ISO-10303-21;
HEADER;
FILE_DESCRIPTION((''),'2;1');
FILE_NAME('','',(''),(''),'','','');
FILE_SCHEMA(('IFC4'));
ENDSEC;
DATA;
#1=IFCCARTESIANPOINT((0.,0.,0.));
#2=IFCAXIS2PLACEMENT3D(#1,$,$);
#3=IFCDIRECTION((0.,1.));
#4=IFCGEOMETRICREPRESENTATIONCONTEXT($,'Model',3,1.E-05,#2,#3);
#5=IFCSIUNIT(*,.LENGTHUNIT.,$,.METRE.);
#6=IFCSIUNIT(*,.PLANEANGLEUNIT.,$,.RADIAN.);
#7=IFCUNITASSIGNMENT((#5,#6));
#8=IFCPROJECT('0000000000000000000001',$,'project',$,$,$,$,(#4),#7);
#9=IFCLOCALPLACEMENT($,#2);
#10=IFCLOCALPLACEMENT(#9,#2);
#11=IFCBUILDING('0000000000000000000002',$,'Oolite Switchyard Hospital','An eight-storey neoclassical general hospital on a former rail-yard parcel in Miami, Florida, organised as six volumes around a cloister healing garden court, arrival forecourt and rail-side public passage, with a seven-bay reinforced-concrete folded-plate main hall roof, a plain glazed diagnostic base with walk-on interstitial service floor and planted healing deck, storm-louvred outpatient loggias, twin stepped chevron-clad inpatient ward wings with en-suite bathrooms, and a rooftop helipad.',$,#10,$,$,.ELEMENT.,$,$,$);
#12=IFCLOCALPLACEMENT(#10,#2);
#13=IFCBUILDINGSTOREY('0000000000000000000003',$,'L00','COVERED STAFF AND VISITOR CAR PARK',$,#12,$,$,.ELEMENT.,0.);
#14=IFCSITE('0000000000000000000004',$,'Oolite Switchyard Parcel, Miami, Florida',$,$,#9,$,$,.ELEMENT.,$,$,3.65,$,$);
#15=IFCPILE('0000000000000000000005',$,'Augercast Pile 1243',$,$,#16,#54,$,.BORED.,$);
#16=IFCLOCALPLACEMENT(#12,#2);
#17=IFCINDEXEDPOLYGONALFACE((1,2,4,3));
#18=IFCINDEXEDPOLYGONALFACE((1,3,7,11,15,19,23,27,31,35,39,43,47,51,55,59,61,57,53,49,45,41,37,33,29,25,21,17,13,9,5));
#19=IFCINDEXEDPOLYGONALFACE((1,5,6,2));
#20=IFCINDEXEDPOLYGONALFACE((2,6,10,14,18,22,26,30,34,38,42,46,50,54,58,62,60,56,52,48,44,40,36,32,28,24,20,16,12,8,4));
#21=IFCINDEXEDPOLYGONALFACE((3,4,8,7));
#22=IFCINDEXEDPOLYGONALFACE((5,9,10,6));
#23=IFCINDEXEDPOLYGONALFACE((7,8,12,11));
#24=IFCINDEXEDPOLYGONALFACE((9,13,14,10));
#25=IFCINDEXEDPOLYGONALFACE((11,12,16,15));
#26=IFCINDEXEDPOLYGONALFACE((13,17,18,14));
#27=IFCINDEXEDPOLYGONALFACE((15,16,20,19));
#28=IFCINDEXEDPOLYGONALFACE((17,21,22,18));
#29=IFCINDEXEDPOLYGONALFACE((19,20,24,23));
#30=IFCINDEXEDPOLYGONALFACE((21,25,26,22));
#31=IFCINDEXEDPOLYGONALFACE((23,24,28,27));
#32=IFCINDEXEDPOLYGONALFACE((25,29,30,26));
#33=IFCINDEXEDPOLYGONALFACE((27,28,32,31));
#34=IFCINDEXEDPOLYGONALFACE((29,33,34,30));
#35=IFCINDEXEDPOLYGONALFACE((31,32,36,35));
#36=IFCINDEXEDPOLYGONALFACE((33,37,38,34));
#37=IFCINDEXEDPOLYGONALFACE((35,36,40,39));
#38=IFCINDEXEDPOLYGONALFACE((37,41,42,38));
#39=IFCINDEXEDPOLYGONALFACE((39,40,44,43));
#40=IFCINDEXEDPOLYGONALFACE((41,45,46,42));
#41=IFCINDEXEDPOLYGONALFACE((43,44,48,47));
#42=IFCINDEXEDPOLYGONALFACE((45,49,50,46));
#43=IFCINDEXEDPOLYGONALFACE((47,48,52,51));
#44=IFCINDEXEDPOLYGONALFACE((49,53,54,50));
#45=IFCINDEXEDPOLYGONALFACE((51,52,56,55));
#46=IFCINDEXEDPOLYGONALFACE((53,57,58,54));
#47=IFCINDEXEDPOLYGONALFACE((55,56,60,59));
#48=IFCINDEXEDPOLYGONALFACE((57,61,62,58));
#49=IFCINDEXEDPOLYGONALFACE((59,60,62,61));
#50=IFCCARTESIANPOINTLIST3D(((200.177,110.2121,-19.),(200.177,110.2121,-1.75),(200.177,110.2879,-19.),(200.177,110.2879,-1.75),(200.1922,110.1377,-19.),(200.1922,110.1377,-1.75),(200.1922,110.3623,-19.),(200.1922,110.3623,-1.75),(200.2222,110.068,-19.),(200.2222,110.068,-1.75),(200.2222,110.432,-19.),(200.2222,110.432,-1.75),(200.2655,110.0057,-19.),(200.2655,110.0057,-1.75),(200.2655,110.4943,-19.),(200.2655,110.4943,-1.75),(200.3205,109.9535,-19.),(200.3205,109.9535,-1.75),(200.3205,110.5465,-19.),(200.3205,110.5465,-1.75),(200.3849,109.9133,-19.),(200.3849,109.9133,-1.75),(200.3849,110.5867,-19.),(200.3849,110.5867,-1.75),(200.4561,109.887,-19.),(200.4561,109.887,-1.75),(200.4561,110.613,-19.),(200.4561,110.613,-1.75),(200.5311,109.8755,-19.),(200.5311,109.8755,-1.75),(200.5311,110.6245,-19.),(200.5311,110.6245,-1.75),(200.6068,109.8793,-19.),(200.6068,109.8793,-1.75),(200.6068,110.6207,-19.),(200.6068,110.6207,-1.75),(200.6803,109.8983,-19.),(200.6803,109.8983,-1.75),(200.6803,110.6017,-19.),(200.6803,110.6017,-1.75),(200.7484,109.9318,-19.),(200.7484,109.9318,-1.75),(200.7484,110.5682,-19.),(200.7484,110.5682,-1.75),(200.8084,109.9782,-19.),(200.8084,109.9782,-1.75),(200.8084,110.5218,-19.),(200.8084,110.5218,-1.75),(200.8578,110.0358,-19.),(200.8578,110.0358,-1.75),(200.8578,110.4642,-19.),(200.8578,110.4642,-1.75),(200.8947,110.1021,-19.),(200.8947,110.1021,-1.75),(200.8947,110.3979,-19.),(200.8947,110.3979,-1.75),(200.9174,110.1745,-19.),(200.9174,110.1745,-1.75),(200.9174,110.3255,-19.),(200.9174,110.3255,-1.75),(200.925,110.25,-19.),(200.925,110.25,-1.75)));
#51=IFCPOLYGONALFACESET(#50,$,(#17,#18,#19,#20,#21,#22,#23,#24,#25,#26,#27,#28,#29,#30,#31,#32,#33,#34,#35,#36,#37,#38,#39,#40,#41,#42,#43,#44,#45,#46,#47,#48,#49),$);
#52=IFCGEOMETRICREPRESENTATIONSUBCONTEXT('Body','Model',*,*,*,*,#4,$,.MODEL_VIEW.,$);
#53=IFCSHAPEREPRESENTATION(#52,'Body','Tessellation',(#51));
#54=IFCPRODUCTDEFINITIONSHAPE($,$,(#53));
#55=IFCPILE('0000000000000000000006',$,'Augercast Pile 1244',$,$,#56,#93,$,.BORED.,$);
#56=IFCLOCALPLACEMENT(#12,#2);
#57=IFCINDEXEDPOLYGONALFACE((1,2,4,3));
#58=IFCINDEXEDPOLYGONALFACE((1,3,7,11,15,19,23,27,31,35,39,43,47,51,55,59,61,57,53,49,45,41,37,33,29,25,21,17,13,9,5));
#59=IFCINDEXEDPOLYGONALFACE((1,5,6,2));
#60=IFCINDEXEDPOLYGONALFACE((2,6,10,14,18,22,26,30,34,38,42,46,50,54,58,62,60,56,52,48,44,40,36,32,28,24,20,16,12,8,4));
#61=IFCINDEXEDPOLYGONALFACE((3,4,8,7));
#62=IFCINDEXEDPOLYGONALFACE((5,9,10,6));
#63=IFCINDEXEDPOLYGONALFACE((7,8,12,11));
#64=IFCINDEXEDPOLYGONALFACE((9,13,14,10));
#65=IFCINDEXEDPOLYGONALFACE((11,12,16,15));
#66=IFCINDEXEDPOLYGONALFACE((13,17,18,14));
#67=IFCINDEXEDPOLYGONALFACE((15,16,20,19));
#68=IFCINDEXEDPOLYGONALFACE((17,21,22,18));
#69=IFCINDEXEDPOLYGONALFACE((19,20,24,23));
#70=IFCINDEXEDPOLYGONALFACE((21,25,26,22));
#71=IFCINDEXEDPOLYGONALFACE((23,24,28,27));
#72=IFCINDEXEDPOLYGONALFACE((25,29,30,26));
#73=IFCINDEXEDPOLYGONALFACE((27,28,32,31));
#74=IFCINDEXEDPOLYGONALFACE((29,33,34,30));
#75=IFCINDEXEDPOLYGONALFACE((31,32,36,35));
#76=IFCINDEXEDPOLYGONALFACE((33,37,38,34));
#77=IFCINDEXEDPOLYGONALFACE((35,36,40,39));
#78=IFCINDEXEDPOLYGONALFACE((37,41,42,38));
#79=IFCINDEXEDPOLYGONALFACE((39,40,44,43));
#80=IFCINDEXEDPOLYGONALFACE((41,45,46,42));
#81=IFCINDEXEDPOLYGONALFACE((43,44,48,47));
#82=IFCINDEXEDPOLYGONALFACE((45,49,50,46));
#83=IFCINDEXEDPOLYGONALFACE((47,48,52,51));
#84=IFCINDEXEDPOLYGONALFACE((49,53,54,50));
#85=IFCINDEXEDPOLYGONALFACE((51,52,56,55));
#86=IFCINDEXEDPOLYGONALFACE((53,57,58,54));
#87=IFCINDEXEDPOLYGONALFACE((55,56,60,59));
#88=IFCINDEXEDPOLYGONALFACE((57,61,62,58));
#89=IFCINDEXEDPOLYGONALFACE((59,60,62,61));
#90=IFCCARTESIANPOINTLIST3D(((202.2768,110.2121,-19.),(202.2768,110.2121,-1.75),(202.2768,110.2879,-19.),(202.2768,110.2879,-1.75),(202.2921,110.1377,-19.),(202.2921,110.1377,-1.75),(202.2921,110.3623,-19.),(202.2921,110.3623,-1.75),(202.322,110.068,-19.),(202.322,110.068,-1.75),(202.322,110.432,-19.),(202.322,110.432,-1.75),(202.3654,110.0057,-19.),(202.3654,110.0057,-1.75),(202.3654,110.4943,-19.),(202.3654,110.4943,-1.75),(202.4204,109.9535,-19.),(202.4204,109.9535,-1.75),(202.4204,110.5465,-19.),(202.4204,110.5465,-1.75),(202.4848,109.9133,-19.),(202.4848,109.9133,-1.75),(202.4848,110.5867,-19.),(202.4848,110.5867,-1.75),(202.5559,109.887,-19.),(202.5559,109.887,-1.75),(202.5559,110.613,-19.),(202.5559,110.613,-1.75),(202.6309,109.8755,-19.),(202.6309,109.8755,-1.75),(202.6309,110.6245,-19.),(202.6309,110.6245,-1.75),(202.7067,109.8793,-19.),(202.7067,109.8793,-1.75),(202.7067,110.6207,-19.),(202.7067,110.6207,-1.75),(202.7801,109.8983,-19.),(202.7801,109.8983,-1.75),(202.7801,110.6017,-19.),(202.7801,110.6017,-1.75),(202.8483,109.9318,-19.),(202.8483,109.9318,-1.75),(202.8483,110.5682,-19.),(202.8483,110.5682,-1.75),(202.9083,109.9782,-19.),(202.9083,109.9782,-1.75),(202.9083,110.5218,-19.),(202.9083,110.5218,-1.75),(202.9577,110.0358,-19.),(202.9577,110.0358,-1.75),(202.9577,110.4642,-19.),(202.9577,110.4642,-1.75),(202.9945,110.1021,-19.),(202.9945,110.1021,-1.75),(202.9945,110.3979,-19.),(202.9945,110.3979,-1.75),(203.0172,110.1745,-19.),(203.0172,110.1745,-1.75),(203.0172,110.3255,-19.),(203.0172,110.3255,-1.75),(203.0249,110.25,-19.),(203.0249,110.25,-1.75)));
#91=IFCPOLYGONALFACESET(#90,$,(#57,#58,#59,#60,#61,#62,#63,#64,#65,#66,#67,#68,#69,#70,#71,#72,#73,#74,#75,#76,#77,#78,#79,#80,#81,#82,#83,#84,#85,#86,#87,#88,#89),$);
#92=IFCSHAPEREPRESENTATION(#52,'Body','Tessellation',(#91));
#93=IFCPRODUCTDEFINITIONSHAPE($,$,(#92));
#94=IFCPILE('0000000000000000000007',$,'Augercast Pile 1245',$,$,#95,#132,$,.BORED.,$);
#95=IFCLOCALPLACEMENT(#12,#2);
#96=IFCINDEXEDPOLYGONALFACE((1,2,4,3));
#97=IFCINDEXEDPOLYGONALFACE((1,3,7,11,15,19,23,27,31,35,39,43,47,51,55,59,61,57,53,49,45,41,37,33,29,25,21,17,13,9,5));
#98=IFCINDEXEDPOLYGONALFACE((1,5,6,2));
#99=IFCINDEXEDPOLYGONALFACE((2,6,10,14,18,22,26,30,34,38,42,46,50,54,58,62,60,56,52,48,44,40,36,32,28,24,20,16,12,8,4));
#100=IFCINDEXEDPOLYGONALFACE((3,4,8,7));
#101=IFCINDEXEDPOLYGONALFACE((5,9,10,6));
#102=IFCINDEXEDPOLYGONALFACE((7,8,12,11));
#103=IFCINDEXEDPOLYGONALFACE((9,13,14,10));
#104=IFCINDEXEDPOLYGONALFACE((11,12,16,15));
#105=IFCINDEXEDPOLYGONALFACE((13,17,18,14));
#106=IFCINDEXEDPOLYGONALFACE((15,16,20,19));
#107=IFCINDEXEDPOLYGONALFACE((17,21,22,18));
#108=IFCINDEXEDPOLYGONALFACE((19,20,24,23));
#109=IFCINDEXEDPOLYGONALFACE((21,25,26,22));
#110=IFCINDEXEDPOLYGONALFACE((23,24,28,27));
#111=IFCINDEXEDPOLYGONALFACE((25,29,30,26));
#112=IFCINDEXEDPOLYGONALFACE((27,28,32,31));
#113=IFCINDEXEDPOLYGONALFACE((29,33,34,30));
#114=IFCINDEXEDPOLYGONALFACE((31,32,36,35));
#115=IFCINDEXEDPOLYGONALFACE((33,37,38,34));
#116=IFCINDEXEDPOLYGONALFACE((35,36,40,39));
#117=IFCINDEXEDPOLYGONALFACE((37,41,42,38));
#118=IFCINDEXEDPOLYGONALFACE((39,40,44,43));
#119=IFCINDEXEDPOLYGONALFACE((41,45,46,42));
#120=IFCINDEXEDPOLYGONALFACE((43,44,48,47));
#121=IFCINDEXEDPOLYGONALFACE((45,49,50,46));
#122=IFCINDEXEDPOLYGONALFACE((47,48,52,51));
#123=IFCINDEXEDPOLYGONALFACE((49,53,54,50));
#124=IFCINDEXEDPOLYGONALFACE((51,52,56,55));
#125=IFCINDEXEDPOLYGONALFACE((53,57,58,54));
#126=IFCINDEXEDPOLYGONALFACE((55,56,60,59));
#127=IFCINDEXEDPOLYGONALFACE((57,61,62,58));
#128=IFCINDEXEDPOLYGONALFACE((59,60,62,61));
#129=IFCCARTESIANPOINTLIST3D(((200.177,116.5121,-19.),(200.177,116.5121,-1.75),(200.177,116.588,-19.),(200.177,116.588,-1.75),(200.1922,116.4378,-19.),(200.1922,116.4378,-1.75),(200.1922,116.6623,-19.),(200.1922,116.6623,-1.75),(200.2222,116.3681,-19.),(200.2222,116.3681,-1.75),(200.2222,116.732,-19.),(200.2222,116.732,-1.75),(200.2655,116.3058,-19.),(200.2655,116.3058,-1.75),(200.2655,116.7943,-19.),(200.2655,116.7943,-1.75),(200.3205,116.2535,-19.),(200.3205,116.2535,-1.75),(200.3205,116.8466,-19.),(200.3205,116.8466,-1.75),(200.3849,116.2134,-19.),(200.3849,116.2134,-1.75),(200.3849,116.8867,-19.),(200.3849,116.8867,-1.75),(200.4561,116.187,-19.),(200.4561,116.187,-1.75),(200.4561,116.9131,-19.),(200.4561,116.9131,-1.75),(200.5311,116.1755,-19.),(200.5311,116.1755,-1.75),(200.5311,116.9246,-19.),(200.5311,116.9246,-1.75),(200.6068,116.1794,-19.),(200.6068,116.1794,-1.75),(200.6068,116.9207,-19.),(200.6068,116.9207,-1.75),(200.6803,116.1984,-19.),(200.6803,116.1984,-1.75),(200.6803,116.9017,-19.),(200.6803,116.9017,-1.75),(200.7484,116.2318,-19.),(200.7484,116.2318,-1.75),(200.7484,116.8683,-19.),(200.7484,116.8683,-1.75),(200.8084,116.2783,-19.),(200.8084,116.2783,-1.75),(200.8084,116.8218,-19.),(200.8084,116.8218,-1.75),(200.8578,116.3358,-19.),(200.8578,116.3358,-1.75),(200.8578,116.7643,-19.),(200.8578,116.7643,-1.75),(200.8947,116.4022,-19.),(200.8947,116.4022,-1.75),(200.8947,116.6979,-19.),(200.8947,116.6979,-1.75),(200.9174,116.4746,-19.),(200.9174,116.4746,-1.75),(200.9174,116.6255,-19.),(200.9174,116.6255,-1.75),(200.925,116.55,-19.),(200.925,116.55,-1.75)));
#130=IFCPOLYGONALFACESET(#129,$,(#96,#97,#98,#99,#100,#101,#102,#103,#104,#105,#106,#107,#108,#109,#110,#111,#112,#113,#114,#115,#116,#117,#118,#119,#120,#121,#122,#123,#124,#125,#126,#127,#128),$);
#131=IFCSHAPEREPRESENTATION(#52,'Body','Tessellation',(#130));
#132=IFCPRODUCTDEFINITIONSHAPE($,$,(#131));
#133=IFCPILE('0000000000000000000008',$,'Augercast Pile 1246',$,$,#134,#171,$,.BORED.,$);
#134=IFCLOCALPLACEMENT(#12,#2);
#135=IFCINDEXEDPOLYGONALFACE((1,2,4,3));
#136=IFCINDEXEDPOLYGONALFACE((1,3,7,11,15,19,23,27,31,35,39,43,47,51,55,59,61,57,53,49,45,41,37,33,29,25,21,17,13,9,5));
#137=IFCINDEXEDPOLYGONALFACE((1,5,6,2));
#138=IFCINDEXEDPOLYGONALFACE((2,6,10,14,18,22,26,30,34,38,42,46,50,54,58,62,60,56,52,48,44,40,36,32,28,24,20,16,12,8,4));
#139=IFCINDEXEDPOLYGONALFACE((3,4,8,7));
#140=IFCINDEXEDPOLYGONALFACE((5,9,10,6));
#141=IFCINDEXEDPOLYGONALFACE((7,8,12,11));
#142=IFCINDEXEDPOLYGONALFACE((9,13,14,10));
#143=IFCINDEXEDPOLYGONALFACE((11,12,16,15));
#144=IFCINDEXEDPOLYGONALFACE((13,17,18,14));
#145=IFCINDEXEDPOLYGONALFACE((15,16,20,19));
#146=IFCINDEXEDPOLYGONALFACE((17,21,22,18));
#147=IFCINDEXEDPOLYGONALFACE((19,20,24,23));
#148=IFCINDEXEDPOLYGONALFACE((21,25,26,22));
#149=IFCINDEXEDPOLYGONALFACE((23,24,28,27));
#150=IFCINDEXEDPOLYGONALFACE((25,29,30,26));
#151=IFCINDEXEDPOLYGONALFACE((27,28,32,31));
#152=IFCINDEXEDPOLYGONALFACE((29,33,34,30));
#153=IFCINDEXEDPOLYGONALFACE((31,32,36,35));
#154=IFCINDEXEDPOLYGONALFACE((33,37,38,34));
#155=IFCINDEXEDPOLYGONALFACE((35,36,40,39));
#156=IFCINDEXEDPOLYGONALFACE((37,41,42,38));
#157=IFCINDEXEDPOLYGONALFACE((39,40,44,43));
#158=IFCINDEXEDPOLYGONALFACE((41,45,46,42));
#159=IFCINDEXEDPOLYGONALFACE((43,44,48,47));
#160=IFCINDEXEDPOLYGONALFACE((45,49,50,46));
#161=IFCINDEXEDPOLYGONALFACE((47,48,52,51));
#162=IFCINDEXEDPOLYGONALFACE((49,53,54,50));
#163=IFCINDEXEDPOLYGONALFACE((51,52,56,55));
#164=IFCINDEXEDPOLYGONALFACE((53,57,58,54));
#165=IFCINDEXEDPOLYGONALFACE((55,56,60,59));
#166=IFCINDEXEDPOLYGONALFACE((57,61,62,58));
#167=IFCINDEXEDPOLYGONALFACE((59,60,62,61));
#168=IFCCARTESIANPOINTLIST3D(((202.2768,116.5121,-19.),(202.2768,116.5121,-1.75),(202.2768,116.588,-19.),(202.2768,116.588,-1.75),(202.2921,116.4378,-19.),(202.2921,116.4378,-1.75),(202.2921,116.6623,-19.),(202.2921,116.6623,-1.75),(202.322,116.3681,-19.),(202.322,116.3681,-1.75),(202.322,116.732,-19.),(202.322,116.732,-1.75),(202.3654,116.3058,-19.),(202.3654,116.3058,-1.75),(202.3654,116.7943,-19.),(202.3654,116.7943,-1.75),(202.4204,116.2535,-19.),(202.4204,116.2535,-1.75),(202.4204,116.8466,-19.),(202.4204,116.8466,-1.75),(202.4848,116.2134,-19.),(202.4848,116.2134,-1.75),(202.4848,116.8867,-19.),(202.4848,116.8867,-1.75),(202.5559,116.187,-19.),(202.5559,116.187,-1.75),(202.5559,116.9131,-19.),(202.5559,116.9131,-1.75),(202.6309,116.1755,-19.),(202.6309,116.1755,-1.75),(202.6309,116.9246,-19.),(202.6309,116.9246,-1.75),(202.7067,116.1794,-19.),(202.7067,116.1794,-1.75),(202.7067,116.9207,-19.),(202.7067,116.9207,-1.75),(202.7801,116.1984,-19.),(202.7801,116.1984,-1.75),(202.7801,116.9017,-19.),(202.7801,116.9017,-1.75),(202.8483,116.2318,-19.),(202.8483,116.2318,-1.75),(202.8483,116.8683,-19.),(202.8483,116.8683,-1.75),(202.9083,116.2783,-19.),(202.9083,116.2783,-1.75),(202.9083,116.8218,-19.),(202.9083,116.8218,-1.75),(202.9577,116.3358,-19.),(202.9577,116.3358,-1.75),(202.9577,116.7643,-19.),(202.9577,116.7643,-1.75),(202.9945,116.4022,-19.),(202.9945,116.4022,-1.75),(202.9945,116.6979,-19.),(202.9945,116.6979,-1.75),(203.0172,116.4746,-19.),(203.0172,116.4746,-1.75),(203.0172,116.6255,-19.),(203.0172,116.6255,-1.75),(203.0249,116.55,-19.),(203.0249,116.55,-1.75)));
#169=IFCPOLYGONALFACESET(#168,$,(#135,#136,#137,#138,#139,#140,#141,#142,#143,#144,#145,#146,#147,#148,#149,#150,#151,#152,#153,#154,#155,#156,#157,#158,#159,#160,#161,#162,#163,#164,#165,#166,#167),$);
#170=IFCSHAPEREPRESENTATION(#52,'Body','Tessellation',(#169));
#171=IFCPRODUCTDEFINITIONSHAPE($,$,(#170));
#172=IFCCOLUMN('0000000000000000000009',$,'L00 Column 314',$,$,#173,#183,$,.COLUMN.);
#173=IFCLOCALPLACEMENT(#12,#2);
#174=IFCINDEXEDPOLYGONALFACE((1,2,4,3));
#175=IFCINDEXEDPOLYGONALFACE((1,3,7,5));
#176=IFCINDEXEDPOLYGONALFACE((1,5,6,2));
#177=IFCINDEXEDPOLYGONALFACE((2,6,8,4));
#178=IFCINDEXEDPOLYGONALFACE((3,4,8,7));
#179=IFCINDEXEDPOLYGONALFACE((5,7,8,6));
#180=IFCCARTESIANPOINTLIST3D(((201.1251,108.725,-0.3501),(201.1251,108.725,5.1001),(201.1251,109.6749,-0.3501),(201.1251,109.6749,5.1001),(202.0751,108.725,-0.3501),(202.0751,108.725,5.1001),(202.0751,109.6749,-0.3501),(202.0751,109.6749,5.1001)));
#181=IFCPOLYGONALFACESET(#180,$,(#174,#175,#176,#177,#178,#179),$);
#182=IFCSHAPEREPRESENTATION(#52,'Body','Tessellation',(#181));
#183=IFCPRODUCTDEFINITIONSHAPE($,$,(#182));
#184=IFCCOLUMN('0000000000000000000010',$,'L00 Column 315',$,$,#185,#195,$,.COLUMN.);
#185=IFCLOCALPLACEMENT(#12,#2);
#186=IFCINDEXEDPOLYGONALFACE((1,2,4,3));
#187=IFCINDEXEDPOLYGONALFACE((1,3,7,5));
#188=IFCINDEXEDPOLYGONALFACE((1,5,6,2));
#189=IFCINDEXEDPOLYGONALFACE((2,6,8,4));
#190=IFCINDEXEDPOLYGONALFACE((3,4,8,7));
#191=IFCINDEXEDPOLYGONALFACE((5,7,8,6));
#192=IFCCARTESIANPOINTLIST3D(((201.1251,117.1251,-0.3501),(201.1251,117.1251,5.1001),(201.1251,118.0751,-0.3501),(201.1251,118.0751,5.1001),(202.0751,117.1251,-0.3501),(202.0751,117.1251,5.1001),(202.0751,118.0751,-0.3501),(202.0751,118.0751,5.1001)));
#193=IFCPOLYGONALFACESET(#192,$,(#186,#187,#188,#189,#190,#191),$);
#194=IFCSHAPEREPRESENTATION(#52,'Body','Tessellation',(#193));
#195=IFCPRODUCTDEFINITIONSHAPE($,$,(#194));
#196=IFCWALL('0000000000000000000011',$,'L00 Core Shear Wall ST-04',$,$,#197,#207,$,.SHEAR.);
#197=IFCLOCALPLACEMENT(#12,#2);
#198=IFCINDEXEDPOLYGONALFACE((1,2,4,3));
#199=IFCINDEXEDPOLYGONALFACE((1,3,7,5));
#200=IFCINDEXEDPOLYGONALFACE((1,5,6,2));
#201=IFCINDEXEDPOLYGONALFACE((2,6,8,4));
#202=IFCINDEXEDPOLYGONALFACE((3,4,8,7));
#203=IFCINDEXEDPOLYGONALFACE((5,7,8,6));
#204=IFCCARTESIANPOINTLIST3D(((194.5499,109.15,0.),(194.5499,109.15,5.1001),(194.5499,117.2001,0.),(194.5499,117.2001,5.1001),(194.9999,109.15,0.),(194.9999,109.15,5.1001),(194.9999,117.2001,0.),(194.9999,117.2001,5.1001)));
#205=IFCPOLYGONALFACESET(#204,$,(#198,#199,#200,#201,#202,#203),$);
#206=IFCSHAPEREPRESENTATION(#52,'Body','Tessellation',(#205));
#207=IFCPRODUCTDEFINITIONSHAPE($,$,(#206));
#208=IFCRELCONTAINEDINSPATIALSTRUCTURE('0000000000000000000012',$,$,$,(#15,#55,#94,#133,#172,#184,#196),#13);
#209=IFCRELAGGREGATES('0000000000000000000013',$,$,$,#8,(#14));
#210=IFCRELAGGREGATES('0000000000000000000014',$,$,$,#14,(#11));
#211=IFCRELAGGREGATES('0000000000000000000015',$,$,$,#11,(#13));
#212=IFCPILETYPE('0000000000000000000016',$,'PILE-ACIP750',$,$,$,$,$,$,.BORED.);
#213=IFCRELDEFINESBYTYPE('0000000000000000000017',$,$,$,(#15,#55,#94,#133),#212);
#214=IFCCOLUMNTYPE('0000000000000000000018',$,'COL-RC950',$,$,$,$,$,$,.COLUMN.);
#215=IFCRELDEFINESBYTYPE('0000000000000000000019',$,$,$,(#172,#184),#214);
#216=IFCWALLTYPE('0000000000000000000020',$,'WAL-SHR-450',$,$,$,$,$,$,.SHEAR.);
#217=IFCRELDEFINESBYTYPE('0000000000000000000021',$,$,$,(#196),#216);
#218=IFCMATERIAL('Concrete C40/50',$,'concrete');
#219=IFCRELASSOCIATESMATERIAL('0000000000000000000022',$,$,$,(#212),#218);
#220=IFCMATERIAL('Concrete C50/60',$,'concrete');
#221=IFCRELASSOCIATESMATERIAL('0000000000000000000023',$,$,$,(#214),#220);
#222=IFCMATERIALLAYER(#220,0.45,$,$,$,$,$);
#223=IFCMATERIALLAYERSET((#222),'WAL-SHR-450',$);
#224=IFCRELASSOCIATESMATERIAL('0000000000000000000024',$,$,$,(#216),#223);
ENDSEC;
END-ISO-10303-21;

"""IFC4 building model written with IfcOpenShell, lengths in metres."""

from ifc_helpers import new_model, si_unit, direction, frame, frame_2d, origin, origin_2d, place, context, subcontext, project, spatial, rectangle, circle, extrude, material, layer, layer_set, material_profile, profile_set, type_object, element, save


model = new_model("IFC4")

# Units and contexts
model_context = context("Model", 3, precision=1e-05, world=origin(), true_north=direction((0.0, 1.0)))
body_context = subcontext(model_context, "Body", "Model", "MODEL_VIEW")
ifc_project = project(units=[si_unit("LENGTHUNIT", "METRE"), si_unit("PLANEANGLEUNIT", "RADIAN")], contexts=[model_context])

# Site, building, storey
site_placement = place(None, origin())
site = spatial("IfcSite", under=ifc_project, at=site_placement, Name="Oolite Switchyard Parcel, Miami, Florida", CompositionType="ELEMENT", RefElevation=3.65)
building_placement = place(site_placement, origin())
building = spatial("IfcBuilding", under=site, at=building_placement, Name="Oolite Switchyard Hospital", Description="An eight-storey neoclassical general hospital on a former rail-yard parcel in Miami, Florida, organised as six volumes around a cloister healing garden court, arrival forecourt and rail-side public passage, with a seven-bay reinforced-concrete folded-plate main hall roof, a plain glazed diagnostic base with walk-on interstitial service floor and planted healing deck, storm-louvred outpatient loggias, twin stepped chevron-clad inpatient ward wings with en-suite bathrooms, and a rooftop helipad.", CompositionType="ELEMENT")
storey_placement = place(building_placement, origin())
storey = spatial("IfcBuildingStorey", under=building, at=storey_placement, Name="L00", Description="COVERED STAFF AND VISITOR CAR PARK", CompositionType="ELEMENT", Elevation=0.0)

# Shared definitions
ifc_material_1 = material(Name="Concrete C40/50", Category="concrete")

# Piles
ifc_material_profile_1 = material_profile(ifc_material_1, circle(Radius=0.375, at=origin_2d()), Name="PILE750")
ifc_profile_set_1 = profile_set([ifc_material_profile_1], Name="Concrete C40/50")
pile_type = type_object("IfcPileType", Name="PILE-ACIP750", PredefinedType="BORED", material=ifc_profile_set_1)
for number, where, z_axis, x_axis, name in (
    (1, (200.55, 110.25, -1.75), (0.0, 0.0, -1.0), (1.0, 0.0, 0.0), "Augercast Pile 1243"),
    (2, (202.6499, 110.25, -1.75), (0.0, 0.0, -1.0), (1.0, 0.0, 0.0), "Augercast Pile 1244"),
    (3, (200.55, 116.55, -1.75), (0.0, 0.0, -1.0), (1.0, 0.0, 0.0), "Augercast Pile 1245"),
    (4, (202.6499, 116.55, -1.75), (0.0, 0.0, -1.0), (1.0, 0.0, 0.0), "Augercast Pile 1246"),
):
    element("IfcPile", number, at=place(storey_placement, frame(where, z_axis=z_axis, x_axis=x_axis)), inside=storey, type_object=pile_type, Name=name, PredefinedType="BORED", context=body_context, shape_type="SweptSolid", body=[
        extrude(circle(Radius=0.375, at=origin_2d()), origin(), (0.0, 0.0, 1.0), 17.25),
    ])

# Columns
ifc_material_2 = material(Name="Concrete C50/60", Category="concrete")
ifc_material_profile_2 = material_profile(ifc_material_2, rectangle(XDim=0.95, YDim=0.95, at=origin_2d()), Name="RC950X950")
ifc_profile_set_2 = profile_set([ifc_material_profile_2], Name="Concrete C50/60")
column_type = type_object("IfcColumnType", Name="COL-RC950", PredefinedType="COLUMN", material=ifc_profile_set_2)
for number, where, z_axis, x_axis, name in (
    (5, (201.6001, 109.2, -0.3501), (0.0, 0.0, 1.0), (1.0, 0.0, 0.0), "L00 Column 314"),
    (6, (201.6001, 117.6001, -0.3501), (0.0, 0.0, 1.0), (1.0, 0.0, 0.0), "L00 Column 315"),
):
    element("IfcColumn", number, at=place(storey_placement, frame(where, z_axis=z_axis, x_axis=x_axis)), inside=storey, type_object=column_type, Name=name, PredefinedType="COLUMN", context=body_context, shape_type="SweptSolid", body=[
        extrude(rectangle(XDim=0.95, YDim=0.95, at=origin_2d()), origin(), (0.0, 0.0, 1.0), 5.4502),
    ])

# Wall
ifc_layer = layer(ifc_material_2, 0.45)
ifc_layer_set = layer_set([ifc_layer], Name="WAL-SHR-450")
wall_type = type_object("IfcWallType", Name="WAL-SHR-450", PredefinedType="SHEAR", material=ifc_layer_set)
wall_1_placement = place(storey_placement, frame((194.7749, 117.2, 0.0), z_axis=(0.0, 0.0, 1.0), x_axis=(0.0, -1.0, 0.0)))
element("IfcWall", 7, at=wall_1_placement, inside=storey, type_object=wall_type, Name="L00 Core Shear Wall ST-04", PredefinedType="SHEAR", context=body_context, shape_type="SweptSolid", body=[
    extrude(rectangle(XDim=8.05, YDim=0.45, at=frame_2d((4.0249, 0.0))), origin(), (0.0, 0.0, 1.0), 5.1001),
])

save(model, "model.ifc")
